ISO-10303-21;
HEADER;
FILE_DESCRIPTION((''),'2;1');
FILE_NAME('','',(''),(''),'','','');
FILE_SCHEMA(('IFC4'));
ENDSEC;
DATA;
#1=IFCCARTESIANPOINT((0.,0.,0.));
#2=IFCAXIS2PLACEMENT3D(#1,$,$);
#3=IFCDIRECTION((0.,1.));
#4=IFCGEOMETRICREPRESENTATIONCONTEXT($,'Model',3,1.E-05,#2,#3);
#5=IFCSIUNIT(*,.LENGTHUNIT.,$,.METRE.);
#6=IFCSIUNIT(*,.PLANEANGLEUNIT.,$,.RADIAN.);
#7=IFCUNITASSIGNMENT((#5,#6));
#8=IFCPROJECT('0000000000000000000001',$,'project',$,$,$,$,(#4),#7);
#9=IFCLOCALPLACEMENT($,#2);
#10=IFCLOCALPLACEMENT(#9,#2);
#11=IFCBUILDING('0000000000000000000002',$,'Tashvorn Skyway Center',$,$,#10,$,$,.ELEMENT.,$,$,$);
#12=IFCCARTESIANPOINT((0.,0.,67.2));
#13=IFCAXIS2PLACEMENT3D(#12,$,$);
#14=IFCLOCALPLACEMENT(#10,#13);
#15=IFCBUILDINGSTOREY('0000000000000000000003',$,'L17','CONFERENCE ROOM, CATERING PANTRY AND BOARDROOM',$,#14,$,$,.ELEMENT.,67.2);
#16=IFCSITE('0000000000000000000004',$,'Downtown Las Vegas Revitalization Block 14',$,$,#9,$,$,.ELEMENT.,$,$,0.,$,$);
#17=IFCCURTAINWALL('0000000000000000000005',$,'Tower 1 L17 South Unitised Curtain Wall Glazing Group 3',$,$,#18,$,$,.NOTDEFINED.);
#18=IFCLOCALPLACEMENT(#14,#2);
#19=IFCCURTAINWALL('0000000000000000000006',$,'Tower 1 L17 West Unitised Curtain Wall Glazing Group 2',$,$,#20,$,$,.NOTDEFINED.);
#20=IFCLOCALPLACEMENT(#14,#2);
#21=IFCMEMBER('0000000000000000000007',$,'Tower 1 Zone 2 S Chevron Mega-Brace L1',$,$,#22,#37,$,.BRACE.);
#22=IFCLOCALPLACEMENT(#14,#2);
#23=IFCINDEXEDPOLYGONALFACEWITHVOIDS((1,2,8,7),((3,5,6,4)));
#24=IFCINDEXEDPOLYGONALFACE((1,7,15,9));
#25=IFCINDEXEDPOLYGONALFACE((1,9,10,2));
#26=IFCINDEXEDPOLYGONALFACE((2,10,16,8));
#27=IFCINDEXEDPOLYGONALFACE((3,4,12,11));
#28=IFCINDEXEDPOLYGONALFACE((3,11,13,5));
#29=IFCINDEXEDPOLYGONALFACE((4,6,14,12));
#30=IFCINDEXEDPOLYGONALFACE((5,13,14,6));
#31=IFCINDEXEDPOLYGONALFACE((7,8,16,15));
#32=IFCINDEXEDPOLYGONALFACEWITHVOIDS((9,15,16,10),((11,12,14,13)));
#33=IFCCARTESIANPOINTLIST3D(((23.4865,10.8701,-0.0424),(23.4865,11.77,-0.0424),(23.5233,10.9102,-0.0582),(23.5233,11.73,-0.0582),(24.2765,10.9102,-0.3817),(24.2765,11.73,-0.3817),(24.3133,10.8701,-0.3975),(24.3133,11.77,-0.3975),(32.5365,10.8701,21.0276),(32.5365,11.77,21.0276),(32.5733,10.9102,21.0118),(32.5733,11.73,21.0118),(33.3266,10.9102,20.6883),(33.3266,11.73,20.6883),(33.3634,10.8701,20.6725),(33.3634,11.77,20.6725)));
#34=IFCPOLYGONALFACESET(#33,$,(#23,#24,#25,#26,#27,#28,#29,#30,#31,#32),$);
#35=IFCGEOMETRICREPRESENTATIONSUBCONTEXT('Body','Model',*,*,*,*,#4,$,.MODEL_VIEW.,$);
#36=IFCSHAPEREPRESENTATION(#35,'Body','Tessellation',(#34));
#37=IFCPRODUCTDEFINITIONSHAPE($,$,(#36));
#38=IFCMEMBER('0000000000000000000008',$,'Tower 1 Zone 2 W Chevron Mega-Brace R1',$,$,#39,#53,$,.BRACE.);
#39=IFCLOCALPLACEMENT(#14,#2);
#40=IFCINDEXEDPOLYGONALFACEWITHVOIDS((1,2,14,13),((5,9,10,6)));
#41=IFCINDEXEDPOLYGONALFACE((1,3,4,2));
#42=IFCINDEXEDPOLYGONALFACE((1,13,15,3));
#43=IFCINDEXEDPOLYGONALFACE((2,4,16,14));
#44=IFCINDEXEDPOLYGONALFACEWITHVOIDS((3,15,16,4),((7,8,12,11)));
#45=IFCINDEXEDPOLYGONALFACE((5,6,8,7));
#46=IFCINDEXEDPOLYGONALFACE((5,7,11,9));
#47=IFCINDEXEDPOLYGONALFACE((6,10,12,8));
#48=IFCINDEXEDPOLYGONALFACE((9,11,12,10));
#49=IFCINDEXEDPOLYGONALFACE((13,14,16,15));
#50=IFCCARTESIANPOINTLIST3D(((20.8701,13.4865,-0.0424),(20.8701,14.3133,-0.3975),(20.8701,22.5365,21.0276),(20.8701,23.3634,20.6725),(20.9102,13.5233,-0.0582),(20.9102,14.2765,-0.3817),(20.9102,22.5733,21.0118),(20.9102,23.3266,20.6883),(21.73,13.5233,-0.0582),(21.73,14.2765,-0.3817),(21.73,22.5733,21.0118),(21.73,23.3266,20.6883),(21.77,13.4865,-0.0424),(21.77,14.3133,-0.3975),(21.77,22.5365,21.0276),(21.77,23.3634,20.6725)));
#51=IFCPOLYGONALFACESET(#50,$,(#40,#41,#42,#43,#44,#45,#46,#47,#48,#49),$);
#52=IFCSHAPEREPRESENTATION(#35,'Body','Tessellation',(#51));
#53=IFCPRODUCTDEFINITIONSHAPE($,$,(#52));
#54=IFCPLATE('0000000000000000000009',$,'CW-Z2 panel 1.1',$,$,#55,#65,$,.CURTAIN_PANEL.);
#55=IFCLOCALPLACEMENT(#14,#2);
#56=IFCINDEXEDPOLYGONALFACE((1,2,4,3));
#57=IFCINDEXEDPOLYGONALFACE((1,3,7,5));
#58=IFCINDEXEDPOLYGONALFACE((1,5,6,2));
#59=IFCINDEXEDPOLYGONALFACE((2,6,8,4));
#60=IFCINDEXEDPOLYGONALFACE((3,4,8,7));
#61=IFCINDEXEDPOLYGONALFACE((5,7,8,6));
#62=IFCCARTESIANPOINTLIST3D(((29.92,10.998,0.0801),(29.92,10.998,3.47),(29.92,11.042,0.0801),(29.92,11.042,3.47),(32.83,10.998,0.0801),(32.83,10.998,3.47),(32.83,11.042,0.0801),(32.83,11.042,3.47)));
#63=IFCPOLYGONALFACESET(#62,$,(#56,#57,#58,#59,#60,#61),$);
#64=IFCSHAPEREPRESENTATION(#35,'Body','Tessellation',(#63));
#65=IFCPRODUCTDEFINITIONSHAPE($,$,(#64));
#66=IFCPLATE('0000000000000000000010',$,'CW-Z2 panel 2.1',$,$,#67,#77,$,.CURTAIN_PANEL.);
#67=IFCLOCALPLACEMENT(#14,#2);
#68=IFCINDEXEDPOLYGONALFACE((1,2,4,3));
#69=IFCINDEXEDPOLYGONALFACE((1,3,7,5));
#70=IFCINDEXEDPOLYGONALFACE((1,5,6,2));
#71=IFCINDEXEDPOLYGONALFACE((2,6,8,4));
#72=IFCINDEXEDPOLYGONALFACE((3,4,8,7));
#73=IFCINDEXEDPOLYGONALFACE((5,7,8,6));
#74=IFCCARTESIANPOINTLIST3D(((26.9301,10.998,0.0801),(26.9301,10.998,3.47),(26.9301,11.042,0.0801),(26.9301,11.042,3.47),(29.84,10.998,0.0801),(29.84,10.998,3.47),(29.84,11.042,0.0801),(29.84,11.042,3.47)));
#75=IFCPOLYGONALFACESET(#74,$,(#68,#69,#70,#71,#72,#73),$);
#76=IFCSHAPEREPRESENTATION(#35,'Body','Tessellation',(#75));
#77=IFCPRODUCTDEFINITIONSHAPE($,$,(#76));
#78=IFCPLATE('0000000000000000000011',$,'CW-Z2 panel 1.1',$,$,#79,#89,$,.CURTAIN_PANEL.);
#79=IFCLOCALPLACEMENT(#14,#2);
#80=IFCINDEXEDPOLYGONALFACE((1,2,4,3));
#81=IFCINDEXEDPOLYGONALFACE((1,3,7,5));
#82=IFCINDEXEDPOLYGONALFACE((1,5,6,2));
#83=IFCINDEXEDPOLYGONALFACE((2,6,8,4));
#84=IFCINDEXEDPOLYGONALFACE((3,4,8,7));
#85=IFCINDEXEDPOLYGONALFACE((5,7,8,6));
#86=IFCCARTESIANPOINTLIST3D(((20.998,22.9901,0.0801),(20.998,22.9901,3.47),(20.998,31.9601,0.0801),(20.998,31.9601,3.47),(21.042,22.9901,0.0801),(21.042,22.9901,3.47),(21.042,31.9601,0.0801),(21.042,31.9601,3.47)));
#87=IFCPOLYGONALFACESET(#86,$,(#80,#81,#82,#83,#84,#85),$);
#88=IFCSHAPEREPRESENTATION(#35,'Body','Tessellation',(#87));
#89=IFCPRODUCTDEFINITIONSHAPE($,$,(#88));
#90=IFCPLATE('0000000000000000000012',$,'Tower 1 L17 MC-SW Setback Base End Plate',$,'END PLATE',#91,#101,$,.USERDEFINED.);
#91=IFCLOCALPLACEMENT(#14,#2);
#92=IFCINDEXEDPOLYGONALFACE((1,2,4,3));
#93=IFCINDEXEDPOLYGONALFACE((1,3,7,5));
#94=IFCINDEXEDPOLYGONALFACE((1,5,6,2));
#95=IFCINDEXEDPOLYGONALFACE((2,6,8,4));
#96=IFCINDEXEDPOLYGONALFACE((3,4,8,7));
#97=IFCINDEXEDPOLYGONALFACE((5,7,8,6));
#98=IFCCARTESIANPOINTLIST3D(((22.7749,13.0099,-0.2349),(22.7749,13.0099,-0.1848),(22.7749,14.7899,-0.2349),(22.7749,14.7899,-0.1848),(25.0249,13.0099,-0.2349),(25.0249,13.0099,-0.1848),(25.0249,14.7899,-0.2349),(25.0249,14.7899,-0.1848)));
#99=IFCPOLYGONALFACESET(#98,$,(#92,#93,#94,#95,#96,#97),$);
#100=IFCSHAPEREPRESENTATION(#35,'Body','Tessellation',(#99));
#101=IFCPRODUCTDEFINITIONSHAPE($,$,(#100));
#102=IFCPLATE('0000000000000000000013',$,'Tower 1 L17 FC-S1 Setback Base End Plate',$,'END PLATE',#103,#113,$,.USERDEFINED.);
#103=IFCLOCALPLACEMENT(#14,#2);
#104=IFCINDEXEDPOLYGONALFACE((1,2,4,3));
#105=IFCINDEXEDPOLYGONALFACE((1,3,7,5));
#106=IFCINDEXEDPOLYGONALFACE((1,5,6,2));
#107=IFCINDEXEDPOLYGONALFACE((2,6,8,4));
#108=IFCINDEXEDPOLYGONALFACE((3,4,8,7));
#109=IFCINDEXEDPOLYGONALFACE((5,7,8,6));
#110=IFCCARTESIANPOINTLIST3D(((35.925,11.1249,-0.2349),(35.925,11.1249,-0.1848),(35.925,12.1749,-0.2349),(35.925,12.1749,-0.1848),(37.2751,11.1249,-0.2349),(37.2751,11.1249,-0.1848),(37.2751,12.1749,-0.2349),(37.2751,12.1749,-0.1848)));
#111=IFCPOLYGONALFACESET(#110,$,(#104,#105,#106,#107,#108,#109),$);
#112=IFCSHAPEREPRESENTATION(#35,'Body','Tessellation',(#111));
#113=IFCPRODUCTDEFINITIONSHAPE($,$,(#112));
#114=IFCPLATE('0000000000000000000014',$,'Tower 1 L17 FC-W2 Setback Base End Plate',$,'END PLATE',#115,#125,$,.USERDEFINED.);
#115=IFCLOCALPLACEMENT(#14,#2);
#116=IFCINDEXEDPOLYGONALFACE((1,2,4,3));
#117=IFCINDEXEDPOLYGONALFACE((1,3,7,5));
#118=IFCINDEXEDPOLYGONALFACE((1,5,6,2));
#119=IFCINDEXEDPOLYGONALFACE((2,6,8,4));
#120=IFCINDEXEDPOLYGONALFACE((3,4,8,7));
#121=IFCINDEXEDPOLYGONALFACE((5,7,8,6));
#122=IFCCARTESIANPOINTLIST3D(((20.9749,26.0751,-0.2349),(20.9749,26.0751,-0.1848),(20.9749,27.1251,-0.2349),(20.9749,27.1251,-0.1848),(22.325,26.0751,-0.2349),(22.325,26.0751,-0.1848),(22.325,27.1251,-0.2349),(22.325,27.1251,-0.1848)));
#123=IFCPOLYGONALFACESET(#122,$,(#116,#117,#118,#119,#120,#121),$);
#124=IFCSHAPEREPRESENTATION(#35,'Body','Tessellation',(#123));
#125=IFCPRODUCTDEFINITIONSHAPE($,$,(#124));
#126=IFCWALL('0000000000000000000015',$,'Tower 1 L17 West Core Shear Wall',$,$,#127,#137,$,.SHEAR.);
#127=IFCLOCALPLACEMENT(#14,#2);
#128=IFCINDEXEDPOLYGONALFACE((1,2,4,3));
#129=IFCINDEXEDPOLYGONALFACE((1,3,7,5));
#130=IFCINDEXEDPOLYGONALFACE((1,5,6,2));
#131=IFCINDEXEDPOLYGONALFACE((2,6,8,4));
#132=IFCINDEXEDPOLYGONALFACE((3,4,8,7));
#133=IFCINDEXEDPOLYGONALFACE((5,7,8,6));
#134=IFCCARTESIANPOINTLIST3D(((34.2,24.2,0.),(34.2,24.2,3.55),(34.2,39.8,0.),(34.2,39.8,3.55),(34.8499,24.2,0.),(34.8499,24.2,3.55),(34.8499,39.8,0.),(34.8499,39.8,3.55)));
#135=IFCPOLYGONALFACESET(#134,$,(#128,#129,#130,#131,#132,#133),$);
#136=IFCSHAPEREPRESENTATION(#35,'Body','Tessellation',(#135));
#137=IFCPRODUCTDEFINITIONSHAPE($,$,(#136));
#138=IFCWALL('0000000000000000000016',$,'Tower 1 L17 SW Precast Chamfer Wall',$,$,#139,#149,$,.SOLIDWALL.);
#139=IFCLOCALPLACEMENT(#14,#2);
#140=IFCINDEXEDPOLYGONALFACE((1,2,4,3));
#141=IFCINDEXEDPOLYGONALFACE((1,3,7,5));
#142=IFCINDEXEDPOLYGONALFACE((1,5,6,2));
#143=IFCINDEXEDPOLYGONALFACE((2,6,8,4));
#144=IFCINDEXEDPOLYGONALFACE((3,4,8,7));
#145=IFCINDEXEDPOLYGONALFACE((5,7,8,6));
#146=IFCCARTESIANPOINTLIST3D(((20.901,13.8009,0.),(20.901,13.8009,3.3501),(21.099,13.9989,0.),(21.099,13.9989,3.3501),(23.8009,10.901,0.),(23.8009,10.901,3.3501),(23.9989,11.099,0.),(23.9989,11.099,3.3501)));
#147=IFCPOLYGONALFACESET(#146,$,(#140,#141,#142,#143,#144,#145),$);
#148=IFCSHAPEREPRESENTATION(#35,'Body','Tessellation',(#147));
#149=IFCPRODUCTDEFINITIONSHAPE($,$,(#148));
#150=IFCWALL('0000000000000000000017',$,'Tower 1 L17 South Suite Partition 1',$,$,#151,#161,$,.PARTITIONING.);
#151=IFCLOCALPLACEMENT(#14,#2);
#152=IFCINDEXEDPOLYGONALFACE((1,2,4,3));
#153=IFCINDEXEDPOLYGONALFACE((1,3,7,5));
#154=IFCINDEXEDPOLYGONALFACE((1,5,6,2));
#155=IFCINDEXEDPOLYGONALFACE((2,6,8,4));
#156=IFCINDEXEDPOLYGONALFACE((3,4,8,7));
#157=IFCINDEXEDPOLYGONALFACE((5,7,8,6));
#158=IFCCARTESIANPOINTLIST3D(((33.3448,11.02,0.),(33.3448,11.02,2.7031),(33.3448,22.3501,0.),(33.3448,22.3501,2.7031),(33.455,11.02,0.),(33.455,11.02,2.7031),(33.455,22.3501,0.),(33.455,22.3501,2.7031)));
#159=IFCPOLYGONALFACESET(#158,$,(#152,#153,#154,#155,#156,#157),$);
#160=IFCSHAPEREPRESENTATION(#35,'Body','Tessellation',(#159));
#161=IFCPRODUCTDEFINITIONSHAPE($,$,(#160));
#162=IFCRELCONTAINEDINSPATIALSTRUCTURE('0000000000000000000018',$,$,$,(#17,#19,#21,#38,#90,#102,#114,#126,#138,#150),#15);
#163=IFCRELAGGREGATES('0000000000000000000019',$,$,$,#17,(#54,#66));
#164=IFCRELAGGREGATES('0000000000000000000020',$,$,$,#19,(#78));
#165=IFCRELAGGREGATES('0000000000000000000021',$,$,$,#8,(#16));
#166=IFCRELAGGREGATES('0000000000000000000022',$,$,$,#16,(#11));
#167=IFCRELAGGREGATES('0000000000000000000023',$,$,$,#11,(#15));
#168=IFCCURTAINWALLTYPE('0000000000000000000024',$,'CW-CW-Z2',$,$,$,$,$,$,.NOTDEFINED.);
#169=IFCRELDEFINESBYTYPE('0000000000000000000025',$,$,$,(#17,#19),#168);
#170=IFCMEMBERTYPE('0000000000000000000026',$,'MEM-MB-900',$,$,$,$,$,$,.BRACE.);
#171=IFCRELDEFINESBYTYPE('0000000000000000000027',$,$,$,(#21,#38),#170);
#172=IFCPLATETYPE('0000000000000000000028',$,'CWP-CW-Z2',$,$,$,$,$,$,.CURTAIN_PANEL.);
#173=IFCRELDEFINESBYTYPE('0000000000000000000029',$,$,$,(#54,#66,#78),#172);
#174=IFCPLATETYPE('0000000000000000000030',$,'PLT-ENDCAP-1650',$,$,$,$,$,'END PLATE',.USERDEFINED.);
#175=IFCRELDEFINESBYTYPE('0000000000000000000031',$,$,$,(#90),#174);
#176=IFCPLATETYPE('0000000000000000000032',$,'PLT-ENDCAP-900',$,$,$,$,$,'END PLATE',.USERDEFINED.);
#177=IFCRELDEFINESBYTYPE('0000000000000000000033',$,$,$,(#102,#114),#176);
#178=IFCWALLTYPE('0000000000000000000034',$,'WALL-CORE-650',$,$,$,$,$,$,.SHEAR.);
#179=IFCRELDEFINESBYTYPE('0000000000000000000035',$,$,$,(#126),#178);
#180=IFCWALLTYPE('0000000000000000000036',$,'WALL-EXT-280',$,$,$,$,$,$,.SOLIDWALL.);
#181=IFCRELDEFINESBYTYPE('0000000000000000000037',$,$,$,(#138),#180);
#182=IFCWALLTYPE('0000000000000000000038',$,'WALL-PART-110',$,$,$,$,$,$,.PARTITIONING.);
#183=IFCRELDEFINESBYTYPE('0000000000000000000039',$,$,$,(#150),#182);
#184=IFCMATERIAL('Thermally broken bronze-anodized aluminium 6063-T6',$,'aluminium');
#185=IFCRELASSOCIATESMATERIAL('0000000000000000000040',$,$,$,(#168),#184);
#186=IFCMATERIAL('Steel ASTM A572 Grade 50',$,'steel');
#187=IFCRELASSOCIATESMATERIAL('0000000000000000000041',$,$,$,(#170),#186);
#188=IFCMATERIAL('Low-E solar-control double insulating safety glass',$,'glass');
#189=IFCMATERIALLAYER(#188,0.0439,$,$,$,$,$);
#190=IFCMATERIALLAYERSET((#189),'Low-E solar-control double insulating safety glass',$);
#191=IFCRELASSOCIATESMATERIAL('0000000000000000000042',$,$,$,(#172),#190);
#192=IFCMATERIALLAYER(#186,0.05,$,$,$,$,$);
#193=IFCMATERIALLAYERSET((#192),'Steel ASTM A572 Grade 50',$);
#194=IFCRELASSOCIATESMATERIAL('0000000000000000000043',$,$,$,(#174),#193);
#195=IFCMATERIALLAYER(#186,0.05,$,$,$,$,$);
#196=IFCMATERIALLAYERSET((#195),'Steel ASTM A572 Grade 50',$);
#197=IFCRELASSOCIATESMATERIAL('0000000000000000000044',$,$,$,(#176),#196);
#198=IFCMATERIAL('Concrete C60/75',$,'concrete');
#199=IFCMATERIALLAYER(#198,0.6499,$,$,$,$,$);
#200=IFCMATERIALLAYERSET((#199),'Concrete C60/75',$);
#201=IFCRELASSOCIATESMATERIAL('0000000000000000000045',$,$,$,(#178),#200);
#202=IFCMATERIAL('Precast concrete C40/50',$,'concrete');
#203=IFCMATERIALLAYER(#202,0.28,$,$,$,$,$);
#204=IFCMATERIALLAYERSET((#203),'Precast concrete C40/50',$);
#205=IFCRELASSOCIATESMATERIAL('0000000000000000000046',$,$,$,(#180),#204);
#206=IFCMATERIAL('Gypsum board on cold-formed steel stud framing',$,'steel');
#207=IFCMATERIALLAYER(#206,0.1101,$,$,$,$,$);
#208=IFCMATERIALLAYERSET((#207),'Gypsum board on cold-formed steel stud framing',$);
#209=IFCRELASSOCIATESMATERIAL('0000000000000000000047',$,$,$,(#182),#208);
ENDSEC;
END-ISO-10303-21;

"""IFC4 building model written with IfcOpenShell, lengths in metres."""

from ifc_helpers import new_model, si_unit, direction, frame, frame_2d, origin, origin_2d, place, context, subcontext, project, spatial, rectangle, hollow_rectangle, extrude, material, layer, layer_set, material_profile, profile_set, type_object, element, aggregate, save


model = new_model("IFC4")

# Units and contexts
model_context = context("Model", 3, precision=1e-05, world=origin(), true_north=direction((0.0, 1.0)))
body_context = subcontext(model_context, "Body", "Model", "MODEL_VIEW")
ifc_project = project(units=[si_unit("LENGTHUNIT", "METRE"), si_unit("PLANEANGLEUNIT", "RADIAN")], contexts=[model_context])

# Site, building, storey
site_placement = place(None, origin())
site = spatial("IfcSite", under=ifc_project, at=site_placement, Name="Downtown Las Vegas Revitalization Block 14", CompositionType="ELEMENT", RefElevation=0.0)
building_placement = place(site_placement, origin())
building = spatial("IfcBuilding", under=site, at=building_placement, Name="Tashvorn Skyway Center", CompositionType="ELEMENT")
storey_placement = place(building_placement, frame((0.0, 0.0, 67.2)))
storey = spatial("IfcBuildingStorey", under=building, at=storey_placement, Name="L17", Description="CONFERENCE ROOM, CATERING PANTRY AND BOARDROOM", CompositionType="ELEMENT", Elevation=67.2)

# Shared definitions
ifc_material_1 = material(Name="Steel ASTM A572 Grade 50", Category="steel")

# Shared definitions
ifc_material_2 = material(Name="Thermally broken bronze-anodized aluminium 6063-T6", Category="aluminium")
curtain_wall_type = type_object("IfcCurtainWallType", Name="CW-CW-Z2", PredefinedType="NOTDEFINED", material=ifc_material_2)

# Curtain wall
curtain_wall_1_placement = place(storey_placement, origin())
curtain_wall_1 = element("IfcCurtainWall", 1, at=curtain_wall_1_placement, inside=storey, type_object=curtain_wall_type, Name="Tower 1 L17 South Unitised Curtain Wall Glazing Group 3", PredefinedType="NOTDEFINED")

# Curtain wall
curtain_wall_2_placement = place(storey_placement, origin())
curtain_wall_2 = element("IfcCurtainWall", 2, at=curtain_wall_2_placement, inside=storey, type_object=curtain_wall_type, Name="Tower 1 L17 West Unitised Curtain Wall Glazing Group 2", PredefinedType="NOTDEFINED")

# Members
ifc_material_profile_1 = material_profile(ifc_material_1, hollow_rectangle(XDim=0.8999, YDim=0.8999, WallThickness=0.04, at=origin_2d()), Name="BOX900x900x40")
ifc_profile_set_1 = profile_set([ifc_material_profile_1], Name="Steel ASTM A572 Grade 50")
member_type_1 = type_object("IfcMemberType", Name="MEM-MB-900", PredefinedType="BRACE", material=ifc_profile_set_1)
for number, where, z_axis, x_axis, name in (
    (3, (23.8999, 11.3201, -0.22), (0.394657, 0.0, 0.918829), (0.0, 1.0, 0.0), "Tower 1 Zone 2 S Chevron Mega-Brace L1"),
    (4, (21.3201, 13.8999, -0.22), (0.0, 0.394657, 0.918829), (-1.0, 0.0, 0.0), "Tower 1 Zone 2 W Chevron Mega-Brace R1"),
):
    element("IfcMember", number, at=place(storey_placement, frame(where, z_axis=z_axis, x_axis=x_axis)), inside=storey, type_object=member_type_1, Name=name, PredefinedType="BRACE", context=body_context, shape_type="SweptSolid", body=[
        extrude(hollow_rectangle(XDim=0.8999, YDim=0.8999, WallThickness=0.04, at=origin_2d()), origin(), (0.0, 0.0, 1.0), 22.9314),
    ])

# Plates
ifc_material_3 = material(Name="Low-E solar-control double insulating safety glass", Category="glass")
ifc_layer_1 = layer(ifc_material_3, 0.0439)
ifc_layer_set_1 = layer_set([ifc_layer_1], Name="Low-E solar-control double insulating safety glass")
plate_type_1 = type_object("IfcPlateType", Name="CWP-CW-Z2", PredefinedType="CURTAIN_PANEL", material=ifc_layer_set_1)
plate_1_placement = place(storey_placement, frame((31.375, 11.02, 0.0801), z_axis=(0.0, 0.0, 1.0), x_axis=(-1.0, 0.0, 0.0)))
plate_1 = element("IfcPlate", 5, at=plate_1_placement, type_object=plate_type_1, Name="CW-Z2 panel 1.1", PredefinedType="CURTAIN_PANEL", context=body_context, shape_type="SweptSolid", body=[
    extrude(rectangle(XDim=2.9099, YDim=0.0439, at=origin_2d()), origin(), (0.0, 0.0, 1.0), 3.3899),
])
plate_2_placement = place(storey_placement, frame((28.385, 11.02, 0.0801), z_axis=(0.0, 0.0, 1.0), x_axis=(-1.0, 0.0, 0.0)))
plate_2 = element("IfcPlate", 6, at=plate_2_placement, type_object=plate_type_1, Name="CW-Z2 panel 2.1", PredefinedType="CURTAIN_PANEL", context=body_context, shape_type="SweptSolid", body=[
    extrude(rectangle(XDim=2.9099, YDim=0.0439, at=origin_2d()), origin(), (0.0, 0.0, 1.0), 3.3899),
])
aggregate(curtain_wall_1, [plate_1, plate_2])
plate_3_placement = place(storey_placement, frame((21.02, 27.4751, 0.0801), z_axis=(0.0, 0.0, 1.0), x_axis=(0.0, 1.0, 0.0)))
plate_3 = element("IfcPlate", 7, at=plate_3_placement, type_object=plate_type_1, Name="CW-Z2 panel 1.1", PredefinedType="CURTAIN_PANEL", context=body_context, shape_type="SweptSolid", body=[
    extrude(rectangle(XDim=8.97, YDim=0.0439, at=origin_2d()), origin(), (0.0, 0.0, 1.0), 3.3899),
])
aggregate(curtain_wall_2, [plate_3])

# Plates
ifc_layer_2 = layer(ifc_material_1, 0.05)
ifc_layer_set_2 = layer_set([ifc_layer_2], Name="Steel ASTM A572 Grade 50")
plate_type_2 = type_object("IfcPlateType", Name="PLT-ENDCAP-1650", ElementType="END PLATE", PredefinedType="USERDEFINED", material=ifc_layer_set_2)
plate_4_placement = place(storey_placement, frame((23.8999, 13.8999, -0.2349), z_axis=(0.0, 0.0, 1.0), x_axis=(1.0, 0.0, 0.0)))
element("IfcPlate", 8, at=plate_4_placement, inside=storey, type_object=plate_type_2, Name="Tower 1 L17 MC-SW Setback Base End Plate", ObjectType="END PLATE", PredefinedType="USERDEFINED", context=body_context, shape_type="SweptSolid", body=[
    extrude(rectangle(XDim=2.25, YDim=1.78, at=origin_2d()), origin(), (0.0, 0.0, 1.0), 0.05),
])
ifc_layer_3 = layer(ifc_material_1, 0.05)
ifc_layer_set_3 = layer_set([ifc_layer_3], Name="Steel ASTM A572 Grade 50")
plate_type_3 = type_object("IfcPlateType", Name="PLT-ENDCAP-900", ElementType="END PLATE", PredefinedType="USERDEFINED", material=ifc_layer_set_3)
for number, where, z_axis, x_axis, name in (
    (9, (36.6001, 11.6499, -0.2349), (0.0, 0.0, 1.0), (1.0, 0.0, 0.0), "Tower 1 L17 FC-S1 Setback Base End Plate"),
    (10, (21.6499, 26.6001, -0.2349), (0.0, 0.0, 1.0), (1.0, 0.0, 0.0), "Tower 1 L17 FC-W2 Setback Base End Plate"),
):
    element("IfcPlate", number, at=place(storey_placement, frame(where, z_axis=z_axis, x_axis=x_axis)), inside=storey, type_object=plate_type_3, Name=name, ObjectType="END PLATE", PredefinedType="USERDEFINED", context=body_context, shape_type="SweptSolid", body=[
        extrude(rectangle(XDim=1.3501, YDim=1.05, at=origin_2d()), origin(), (0.0, 0.0, 1.0), 0.05),
    ])

# Walls
ifc_material_4 = material(Name="Concrete C60/75", Category="concrete")
ifc_layer_4 = layer(ifc_material_4, 0.6499)
ifc_layer_set_4 = layer_set([ifc_layer_4], Name="Concrete C60/75")
wall_type_1 = type_object("IfcWallType", Name="WALL-CORE-650", PredefinedType="SHEAR", material=ifc_layer_set_4)
wall_1_placement = place(storey_placement, frame((34.5249, 24.2, 0.0), z_axis=(0.0, 0.0, 1.0), x_axis=(0.0, 1.0, 0.0)))
element("IfcWall", 11, at=wall_1_placement, inside=storey, type_object=wall_type_1, Name="Tower 1 L17 West Core Shear Wall", PredefinedType="SHEAR", context=body_context, shape_type="SweptSolid", body=[
    extrude(rectangle(XDim=15.6001, YDim=0.6499, at=frame_2d((7.8, 0.0))), origin(), (0.0, 0.0, 1.0), 3.55),
])
ifc_material_5 = material(Name="Precast concrete C40/50", Category="concrete")
ifc_layer_5 = layer(ifc_material_5, 0.28)
ifc_layer_set_5 = layer_set([ifc_layer_5], Name="Precast concrete C40/50")
wall_type_2 = type_object("IfcWallType", Name="WALL-EXT-280", PredefinedType="SOLIDWALL", material=ifc_layer_set_5)
wall_2_placement = place(storey_placement, frame((23.8999, 11.0, 0.0), z_axis=(0.0, 0.0, 1.0), x_axis=(-0.707107, 0.707107, 0.0)))
element("IfcWall", 12, at=wall_2_placement, inside=storey, type_object=wall_type_2, Name="Tower 1 L17 SW Precast Chamfer Wall", PredefinedType="SOLIDWALL", context=body_context, shape_type="SweptSolid", body=[
    extrude(rectangle(XDim=4.1011, YDim=0.28, at=frame_2d((2.0505, 0.0))), origin(), (0.0, 0.0, 1.0), 3.3501),
])
ifc_material_6 = material(Name="Gypsum board on cold-formed steel stud framing", Category="steel")
ifc_layer_6 = layer(ifc_material_6, 0.1101)
ifc_layer_set_6 = layer_set([ifc_layer_6], Name="Gypsum board on cold-formed steel stud framing")
wall_type_3 = type_object("IfcWallType", Name="WALL-PART-110", PredefinedType="PARTITIONING", material=ifc_layer_set_6)
wall_3_placement = place(storey_placement, frame((33.3999, 11.02, 0.0), z_axis=(0.0, 0.0, 1.0), x_axis=(0.0, 1.0, 0.0)))
element("IfcWall", 13, at=wall_3_placement, inside=storey, type_object=wall_type_3, Name="Tower 1 L17 South Suite Partition 1", PredefinedType="PARTITIONING", context=body_context, shape_type="SweptSolid", body=[
    extrude(rectangle(XDim=11.3301, YDim=0.1101, at=frame_2d((5.665, 0.0))), origin(), (0.0, 0.0, 1.0), 2.7031),
])

save(model, "model.ifc")
